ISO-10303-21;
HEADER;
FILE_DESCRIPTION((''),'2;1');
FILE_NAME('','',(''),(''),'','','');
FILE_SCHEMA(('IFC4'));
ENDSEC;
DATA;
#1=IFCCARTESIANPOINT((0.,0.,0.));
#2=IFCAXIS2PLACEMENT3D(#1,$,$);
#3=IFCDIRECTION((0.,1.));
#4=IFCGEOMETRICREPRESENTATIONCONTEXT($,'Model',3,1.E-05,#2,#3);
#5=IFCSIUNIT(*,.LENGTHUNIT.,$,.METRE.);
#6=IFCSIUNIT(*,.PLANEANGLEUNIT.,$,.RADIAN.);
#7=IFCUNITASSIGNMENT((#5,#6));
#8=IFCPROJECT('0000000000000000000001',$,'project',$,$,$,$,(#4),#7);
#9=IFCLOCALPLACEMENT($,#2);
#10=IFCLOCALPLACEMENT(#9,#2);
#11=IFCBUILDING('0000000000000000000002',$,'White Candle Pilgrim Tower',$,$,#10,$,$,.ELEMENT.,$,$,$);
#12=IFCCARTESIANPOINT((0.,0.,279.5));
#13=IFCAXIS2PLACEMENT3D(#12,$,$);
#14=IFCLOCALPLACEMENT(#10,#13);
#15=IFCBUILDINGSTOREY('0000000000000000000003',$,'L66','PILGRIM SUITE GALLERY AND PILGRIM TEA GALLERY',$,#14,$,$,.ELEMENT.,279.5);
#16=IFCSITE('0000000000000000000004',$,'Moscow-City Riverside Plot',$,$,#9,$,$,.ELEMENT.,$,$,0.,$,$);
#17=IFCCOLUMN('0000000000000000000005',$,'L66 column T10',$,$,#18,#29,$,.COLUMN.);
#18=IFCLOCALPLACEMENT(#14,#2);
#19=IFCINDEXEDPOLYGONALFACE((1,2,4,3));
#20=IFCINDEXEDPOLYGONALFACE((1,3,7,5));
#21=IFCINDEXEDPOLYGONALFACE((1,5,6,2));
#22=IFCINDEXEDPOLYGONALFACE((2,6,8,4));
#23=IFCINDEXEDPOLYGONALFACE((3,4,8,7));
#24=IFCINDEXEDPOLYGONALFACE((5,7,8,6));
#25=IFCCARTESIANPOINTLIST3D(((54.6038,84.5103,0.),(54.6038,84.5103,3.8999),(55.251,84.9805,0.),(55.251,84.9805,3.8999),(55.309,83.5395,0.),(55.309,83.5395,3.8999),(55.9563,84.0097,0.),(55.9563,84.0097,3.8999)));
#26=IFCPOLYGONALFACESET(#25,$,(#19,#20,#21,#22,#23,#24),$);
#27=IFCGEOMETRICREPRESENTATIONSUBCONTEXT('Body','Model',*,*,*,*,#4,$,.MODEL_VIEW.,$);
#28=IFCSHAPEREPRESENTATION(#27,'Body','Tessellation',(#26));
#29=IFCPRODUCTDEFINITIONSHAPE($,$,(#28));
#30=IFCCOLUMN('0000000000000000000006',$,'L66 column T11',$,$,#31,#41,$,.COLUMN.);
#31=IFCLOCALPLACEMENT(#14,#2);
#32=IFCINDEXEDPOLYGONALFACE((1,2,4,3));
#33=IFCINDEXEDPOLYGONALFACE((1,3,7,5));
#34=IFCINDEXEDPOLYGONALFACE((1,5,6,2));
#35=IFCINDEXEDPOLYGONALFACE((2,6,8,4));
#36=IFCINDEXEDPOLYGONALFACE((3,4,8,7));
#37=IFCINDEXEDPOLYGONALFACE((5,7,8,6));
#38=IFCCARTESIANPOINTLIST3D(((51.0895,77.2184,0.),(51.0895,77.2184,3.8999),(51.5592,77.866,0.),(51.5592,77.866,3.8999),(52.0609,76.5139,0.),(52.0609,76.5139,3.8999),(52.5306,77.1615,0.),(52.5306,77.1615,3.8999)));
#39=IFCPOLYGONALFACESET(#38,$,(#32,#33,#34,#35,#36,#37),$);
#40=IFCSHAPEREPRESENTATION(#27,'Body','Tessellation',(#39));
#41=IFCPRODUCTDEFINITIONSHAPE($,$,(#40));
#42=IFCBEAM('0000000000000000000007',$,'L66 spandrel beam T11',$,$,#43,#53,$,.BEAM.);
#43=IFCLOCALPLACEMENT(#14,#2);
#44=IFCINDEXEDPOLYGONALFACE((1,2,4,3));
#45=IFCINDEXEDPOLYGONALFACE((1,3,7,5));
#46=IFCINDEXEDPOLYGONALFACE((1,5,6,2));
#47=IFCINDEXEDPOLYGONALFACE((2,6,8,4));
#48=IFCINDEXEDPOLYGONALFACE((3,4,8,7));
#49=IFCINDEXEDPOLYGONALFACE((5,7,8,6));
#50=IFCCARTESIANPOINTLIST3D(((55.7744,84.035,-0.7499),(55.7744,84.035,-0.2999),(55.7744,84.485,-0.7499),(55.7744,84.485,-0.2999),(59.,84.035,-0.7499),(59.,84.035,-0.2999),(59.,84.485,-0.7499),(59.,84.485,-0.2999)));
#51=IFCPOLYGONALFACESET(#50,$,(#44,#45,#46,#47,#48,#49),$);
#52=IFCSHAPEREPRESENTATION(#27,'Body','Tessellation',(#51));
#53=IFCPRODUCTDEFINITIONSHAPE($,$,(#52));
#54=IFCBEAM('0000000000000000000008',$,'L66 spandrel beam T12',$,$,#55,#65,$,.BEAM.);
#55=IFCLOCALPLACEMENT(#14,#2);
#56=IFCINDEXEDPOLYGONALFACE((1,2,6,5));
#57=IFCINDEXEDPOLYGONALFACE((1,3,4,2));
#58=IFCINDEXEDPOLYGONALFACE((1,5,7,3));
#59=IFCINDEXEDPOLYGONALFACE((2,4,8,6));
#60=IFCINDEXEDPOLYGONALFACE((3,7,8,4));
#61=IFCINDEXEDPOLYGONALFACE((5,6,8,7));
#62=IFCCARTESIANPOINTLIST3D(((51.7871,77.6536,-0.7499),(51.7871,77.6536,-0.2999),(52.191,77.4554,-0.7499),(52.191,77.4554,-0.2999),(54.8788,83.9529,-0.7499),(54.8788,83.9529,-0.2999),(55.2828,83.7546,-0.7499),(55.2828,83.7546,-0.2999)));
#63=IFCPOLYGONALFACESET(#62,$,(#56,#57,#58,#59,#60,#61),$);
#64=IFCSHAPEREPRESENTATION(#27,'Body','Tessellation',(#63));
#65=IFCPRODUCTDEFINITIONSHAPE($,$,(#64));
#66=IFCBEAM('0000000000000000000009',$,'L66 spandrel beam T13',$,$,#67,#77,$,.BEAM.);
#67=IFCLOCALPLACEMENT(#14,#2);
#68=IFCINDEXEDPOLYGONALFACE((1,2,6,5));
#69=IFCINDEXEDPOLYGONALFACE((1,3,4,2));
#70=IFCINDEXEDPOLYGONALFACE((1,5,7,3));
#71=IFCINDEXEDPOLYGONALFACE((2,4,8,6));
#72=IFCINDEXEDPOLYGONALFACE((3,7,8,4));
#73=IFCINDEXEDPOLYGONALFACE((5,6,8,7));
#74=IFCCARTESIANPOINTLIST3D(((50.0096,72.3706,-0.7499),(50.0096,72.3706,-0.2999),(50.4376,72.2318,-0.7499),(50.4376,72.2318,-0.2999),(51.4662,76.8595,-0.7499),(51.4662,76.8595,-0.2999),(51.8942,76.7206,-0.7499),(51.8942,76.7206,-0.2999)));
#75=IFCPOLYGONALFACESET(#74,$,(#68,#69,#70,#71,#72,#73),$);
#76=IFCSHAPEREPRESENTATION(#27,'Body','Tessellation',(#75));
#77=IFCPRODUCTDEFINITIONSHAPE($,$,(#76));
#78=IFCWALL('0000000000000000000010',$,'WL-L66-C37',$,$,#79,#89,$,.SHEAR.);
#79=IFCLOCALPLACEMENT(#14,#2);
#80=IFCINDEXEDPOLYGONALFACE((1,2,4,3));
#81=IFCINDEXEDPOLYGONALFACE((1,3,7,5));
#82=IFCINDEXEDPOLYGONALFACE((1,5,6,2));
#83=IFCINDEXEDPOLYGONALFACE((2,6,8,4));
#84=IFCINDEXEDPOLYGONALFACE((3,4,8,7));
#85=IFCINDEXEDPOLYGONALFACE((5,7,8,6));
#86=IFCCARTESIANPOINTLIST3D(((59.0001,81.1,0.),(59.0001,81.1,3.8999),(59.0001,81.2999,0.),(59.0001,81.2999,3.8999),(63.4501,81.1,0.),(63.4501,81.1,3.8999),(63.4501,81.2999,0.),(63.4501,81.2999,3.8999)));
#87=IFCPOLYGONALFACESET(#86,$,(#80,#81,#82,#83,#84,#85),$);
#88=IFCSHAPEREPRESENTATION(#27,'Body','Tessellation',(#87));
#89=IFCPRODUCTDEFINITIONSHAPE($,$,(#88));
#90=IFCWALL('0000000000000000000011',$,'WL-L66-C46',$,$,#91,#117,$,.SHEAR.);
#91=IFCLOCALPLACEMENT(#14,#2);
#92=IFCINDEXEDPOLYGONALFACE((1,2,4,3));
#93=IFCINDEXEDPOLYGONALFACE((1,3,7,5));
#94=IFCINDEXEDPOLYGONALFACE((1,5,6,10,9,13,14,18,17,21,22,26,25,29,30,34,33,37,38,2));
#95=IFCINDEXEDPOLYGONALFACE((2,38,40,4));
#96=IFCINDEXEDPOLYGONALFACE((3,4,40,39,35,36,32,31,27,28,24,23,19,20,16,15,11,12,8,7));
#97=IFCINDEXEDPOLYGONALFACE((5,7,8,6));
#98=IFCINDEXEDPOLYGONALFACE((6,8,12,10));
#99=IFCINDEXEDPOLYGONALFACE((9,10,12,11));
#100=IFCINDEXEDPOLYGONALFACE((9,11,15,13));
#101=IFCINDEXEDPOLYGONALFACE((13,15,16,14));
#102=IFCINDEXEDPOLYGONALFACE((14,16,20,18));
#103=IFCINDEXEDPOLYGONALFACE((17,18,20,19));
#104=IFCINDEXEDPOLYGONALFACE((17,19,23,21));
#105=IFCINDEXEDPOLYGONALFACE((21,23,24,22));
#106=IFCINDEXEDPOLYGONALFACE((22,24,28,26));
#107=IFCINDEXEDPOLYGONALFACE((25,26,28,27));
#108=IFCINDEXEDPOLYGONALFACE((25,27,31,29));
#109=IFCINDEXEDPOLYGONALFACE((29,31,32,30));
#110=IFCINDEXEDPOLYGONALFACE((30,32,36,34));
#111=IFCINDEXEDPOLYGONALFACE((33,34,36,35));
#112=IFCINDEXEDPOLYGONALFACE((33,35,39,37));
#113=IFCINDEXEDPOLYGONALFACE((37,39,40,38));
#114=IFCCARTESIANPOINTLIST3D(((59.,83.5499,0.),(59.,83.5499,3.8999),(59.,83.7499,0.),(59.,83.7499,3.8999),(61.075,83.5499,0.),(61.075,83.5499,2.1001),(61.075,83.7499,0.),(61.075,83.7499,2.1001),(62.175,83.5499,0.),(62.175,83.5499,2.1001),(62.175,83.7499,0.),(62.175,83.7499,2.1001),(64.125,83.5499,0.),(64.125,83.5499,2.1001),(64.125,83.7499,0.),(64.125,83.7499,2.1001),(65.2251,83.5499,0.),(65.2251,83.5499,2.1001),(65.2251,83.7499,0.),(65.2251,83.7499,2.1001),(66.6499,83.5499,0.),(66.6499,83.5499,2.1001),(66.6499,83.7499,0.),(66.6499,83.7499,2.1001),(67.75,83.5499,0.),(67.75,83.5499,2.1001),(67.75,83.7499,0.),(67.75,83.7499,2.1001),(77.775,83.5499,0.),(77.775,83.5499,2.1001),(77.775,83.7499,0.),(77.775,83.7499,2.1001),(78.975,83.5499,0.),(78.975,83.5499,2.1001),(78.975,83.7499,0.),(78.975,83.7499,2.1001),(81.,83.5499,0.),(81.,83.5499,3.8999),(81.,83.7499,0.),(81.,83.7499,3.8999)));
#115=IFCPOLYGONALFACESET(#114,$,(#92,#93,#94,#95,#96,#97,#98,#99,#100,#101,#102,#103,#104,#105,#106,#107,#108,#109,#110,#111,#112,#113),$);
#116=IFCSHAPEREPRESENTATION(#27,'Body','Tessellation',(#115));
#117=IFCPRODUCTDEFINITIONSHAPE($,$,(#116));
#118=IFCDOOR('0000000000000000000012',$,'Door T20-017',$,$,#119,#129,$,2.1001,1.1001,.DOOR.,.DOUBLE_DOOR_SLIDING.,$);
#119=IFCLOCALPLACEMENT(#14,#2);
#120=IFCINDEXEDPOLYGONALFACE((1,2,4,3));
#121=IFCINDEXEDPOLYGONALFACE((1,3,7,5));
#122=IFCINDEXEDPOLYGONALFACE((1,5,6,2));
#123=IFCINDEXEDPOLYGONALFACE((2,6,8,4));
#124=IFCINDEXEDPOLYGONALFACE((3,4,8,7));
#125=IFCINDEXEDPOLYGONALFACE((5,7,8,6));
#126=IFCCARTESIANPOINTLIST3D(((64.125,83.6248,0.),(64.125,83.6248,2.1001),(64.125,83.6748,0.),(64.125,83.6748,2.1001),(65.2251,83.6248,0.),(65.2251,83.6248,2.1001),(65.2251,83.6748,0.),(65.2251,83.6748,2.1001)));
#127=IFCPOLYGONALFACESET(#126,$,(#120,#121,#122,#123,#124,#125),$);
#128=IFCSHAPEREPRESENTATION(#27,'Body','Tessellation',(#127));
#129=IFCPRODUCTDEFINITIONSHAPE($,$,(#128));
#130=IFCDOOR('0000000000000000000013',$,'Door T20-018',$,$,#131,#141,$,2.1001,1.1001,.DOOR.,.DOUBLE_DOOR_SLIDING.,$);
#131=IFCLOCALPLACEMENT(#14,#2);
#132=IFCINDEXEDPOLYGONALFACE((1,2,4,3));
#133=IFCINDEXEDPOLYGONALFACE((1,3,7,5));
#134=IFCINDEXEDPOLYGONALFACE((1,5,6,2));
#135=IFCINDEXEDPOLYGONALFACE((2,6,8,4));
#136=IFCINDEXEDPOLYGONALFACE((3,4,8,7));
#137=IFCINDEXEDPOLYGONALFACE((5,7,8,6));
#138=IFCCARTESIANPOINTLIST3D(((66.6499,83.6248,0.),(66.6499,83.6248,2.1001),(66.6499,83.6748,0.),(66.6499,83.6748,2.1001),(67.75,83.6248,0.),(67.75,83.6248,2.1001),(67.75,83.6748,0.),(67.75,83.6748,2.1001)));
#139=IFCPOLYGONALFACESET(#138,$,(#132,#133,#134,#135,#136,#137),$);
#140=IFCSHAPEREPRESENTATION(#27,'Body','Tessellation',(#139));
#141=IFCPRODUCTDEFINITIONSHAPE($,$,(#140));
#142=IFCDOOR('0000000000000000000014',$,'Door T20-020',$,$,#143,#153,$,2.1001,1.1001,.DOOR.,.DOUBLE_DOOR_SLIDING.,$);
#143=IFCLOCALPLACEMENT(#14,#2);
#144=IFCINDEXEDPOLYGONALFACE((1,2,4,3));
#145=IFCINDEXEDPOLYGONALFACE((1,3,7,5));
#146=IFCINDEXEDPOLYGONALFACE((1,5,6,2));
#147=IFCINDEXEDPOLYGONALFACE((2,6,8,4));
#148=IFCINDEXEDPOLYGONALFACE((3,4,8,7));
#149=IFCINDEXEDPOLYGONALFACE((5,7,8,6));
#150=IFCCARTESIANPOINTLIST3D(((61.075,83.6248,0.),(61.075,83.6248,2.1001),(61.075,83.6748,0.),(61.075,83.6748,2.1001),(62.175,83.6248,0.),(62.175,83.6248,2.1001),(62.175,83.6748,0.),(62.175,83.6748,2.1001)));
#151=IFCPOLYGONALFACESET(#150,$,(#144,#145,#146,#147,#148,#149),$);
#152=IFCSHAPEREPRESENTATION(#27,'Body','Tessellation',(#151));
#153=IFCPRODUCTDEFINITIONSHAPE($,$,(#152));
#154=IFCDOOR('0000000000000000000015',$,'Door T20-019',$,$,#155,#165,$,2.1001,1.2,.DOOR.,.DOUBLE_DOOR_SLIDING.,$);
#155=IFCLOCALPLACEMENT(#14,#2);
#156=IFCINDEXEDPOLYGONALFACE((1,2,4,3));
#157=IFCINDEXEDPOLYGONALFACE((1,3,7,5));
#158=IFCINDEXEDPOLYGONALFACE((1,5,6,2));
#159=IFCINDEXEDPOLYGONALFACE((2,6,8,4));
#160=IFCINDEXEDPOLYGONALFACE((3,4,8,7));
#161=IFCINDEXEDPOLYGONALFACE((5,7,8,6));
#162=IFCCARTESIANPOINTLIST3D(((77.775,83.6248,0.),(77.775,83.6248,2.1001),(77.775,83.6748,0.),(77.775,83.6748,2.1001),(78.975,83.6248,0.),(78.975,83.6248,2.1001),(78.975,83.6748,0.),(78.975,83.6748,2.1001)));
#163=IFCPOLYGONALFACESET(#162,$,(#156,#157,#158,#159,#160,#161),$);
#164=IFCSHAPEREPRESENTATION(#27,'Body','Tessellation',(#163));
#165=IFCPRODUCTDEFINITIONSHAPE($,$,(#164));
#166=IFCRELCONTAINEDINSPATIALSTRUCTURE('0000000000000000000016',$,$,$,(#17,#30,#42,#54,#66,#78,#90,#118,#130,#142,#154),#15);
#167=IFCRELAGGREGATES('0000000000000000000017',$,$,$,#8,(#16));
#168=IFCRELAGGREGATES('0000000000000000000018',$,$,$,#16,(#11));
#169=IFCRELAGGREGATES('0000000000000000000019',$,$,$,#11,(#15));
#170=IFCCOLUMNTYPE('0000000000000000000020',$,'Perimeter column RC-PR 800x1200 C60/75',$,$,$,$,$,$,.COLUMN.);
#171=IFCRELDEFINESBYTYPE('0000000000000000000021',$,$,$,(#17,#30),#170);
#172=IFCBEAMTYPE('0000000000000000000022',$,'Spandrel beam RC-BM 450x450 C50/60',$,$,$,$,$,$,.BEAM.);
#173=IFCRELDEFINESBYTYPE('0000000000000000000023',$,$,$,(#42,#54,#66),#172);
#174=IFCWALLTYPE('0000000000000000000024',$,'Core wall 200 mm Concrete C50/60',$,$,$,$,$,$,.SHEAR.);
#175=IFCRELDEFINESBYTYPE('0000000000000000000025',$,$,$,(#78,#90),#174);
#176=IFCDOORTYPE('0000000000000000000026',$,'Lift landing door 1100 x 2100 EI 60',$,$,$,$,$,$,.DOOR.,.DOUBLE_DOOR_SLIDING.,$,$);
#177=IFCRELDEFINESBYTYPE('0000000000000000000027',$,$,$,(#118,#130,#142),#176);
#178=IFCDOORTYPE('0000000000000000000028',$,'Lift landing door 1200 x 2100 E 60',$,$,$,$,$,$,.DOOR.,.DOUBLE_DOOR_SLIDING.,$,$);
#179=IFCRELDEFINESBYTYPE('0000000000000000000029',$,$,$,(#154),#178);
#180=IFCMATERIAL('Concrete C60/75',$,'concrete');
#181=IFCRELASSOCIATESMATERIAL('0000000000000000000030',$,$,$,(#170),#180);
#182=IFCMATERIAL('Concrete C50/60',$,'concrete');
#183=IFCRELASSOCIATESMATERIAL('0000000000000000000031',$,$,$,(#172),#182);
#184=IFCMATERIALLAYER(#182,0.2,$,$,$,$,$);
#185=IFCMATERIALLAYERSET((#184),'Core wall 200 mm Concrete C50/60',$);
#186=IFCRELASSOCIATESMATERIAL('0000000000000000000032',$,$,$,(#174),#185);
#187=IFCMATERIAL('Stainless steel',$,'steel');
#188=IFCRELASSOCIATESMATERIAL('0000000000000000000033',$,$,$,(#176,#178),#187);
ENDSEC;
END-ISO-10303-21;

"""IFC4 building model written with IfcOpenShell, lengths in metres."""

from ifc_helpers import new_model, si_unit, direction, frame, frame_2d, origin, origin_2d, place, context, subcontext, project, spatial, rectangle, extrude, material, layer, layer_set, material_profile, profile_set, type_object, element, fill, save


model = new_model("IFC4")

# Units and contexts
model_context = context("Model", 3, precision=1e-05, world=origin(), true_north=direction((0.0, 1.0)))
body_context = subcontext(model_context, "Body", "Model", "MODEL_VIEW")
ifc_project = project(units=[si_unit("LENGTHUNIT", "METRE"), si_unit("PLANEANGLEUNIT", "RADIAN")], contexts=[model_context])

# Site, building, storey
site_placement = place(None, origin())
site = spatial("IfcSite", under=ifc_project, at=site_placement, Name="Moscow-City Riverside Plot", CompositionType="ELEMENT", RefElevation=0.0)
building_placement = place(site_placement, origin())
building = spatial("IfcBuilding", under=site, at=building_placement, Name="White Candle Pilgrim Tower", CompositionType="ELEMENT")
storey_placement = place(building_placement, frame((0.0, 0.0, 279.5)))
storey = spatial("IfcBuildingStorey", under=building, at=storey_placement, Name="L66", Description="PILGRIM SUITE GALLERY AND PILGRIM TEA GALLERY", CompositionType="ELEMENT", Elevation=279.5)

# Columns
ifc_material_1 = material(Name="Concrete C60/75", Category="concrete")
ifc_material_profile_1 = material_profile(ifc_material_1, rectangle(XDim=0.8, YDim=1.2, at=origin_2d()), Name="RC-PR 800x1200")
ifc_profile_set_1 = profile_set([ifc_material_profile_1], Name="Concrete C60/75")
column_type = type_object("IfcColumnType", Name="Perimeter column RC-PR 800x1200 C60/75", PredefinedType="COLUMN", material=ifc_profile_set_1)
for number, where, z_axis, x_axis, name in (
    (1, (55.28, 84.26, 0.0), (0.0, 0.0, 1.0), (0.809027, 0.587771, 0.0), "L66 column T10"),
    (2, (51.8101, 77.1899, 0.0), (0.0, 0.0, 1.0), (0.587107, 0.809509, 0.0), "L66 column T11"),
):
    element("IfcColumn", number, at=place(storey_placement, frame(where, z_axis=z_axis, x_axis=x_axis)), inside=storey, type_object=column_type, Name=name, PredefinedType="COLUMN", context=body_context, shape_type="SweptSolid", body=[
        extrude(rectangle(XDim=0.8, YDim=1.2, at=origin_2d()), origin(), (0.0, 0.0, 1.0), 3.8999),
    ])

# Beams
ifc_material_2 = material(Name="Concrete C50/60", Category="concrete")
ifc_material_profile_2 = material_profile(ifc_material_2, rectangle(XDim=0.45, YDim=0.45, at=origin_2d()), Name="RC-BM 450x450")
ifc_profile_set_2 = profile_set([ifc_material_profile_2], Name="Concrete C50/60")
beam_type = type_object("IfcBeamType", Name="Spandrel beam RC-BM 450x450 C50/60", PredefinedType="BEAM", material=ifc_profile_set_2)
beam_1_placement = place(storey_placement, frame((55.7744, 84.26, -0.5249), z_axis=(1.0, 0.0, 0.0), x_axis=(0.0, 1.0, 0.0)))
element("IfcBeam", 3, at=beam_1_placement, inside=storey, type_object=beam_type, Name="L66 spandrel beam T11", PredefinedType="BEAM", context=body_context, shape_type="SweptSolid", body=[
    extrude(rectangle(XDim=0.45, YDim=0.45, at=origin_2d()), origin(), (0.0, 0.0, 1.0), 3.2256),
])
beam_2_placement = place(storey_placement, frame((55.0808, 83.8538, -0.5249), z_axis=(-0.440605, -0.897701, 0.0), x_axis=(0.897701, -0.440605, 0.0)))
element("IfcBeam", 4, at=beam_2_placement, inside=storey, type_object=beam_type, Name="L66 spandrel beam T12", PredefinedType="BEAM", context=body_context, shape_type="SweptSolid", body=[
    extrude(rectangle(XDim=0.45, YDim=0.45, at=origin_2d()), origin(), (0.0, 0.0, 1.0), 7.0171),
])
beam_3_placement = place(storey_placement, frame((51.6802, 76.79, -0.5249), z_axis=(-0.308644, -0.951178, 0.0), x_axis=(0.951178, -0.308644, 0.0)))
element("IfcBeam", 5, at=beam_3_placement, inside=storey, type_object=beam_type, Name="L66 spandrel beam T13", PredefinedType="BEAM", context=body_context, shape_type="SweptSolid", body=[
    extrude(rectangle(XDim=0.45, YDim=0.45, at=origin_2d()), origin(), (0.0, 0.0, 1.0), 4.7192),
])

# Wall
ifc_layer_1 = layer(ifc_material_2, 0.2)
ifc_layer_set_1 = layer_set([ifc_layer_1], Name="Core wall 200 mm Concrete C50/60")
wall_type_1 = type_object("IfcWallType", Name="Core wall 200 mm Concrete C50/60", PredefinedType="SHEAR", material=ifc_layer_set_1)
wall_1_placement = place(storey_placement, frame((59.0, 81.2, 0.0), z_axis=(0.0, 0.0, 1.0), x_axis=(1.0, 0.0, 0.0)))
element("IfcWall", 6, at=wall_1_placement, inside=storey, type_object=wall_type_1, Name="WL-L66-C37", PredefinedType="SHEAR", context=body_context, shape_type="SweptSolid", body=[
    extrude(rectangle(XDim=4.45, YDim=0.2, at=frame_2d((2.2251, 0.0))), origin(), (0.0, 0.0, 1.0), 3.8999),
])

# Wall, openings, doors
wall_2_placement = place(storey_placement, frame((59.0, 83.6499, 0.0), z_axis=(0.0, 0.0, 1.0), x_axis=(1.0, 0.0, 0.0)))
wall_2 = element("IfcWall", 7, at=wall_2_placement, inside=storey, type_object=wall_type_1, Name="WL-L66-C46", PredefinedType="SHEAR", context=body_context, shape_type="SweptSolid", body=[
    extrude(rectangle(XDim=22.0, YDim=0.2, at=frame_2d((11.0, 0.0))), origin(), (0.0, 0.0, 1.0), 3.8999),
])
opening_1_placement = place(wall_2_placement, frame((5.125, 0.0, 0.0)))
opening_1 = element("IfcOpeningElement", 8, at=opening_1_placement, cuts=wall_2, PredefinedType="OPENING", context=body_context, shape_type="SweptSolid", body=[
    extrude(rectangle(XDim=1.1001, YDim=2.1001, at=frame_2d((0.55, 1.05))), frame((0.0, 0.1099, 0.0), z_axis=(0.0, -1.0, 0.0), x_axis=(1.0, 0.0, 0.0)), (0.0, 0.0, 1.0), 0.22),
])
opening_2_placement = place(wall_2_placement, frame((7.6499, 0.0, 0.0)))
opening_2 = element("IfcOpeningElement", 9, at=opening_2_placement, cuts=wall_2, PredefinedType="OPENING", context=body_context, shape_type="SweptSolid", body=[
    extrude(rectangle(XDim=1.1001, YDim=2.1001, at=frame_2d((0.55, 1.05))), frame((0.0, 0.1099, 0.0), z_axis=(0.0, -1.0, 0.0), x_axis=(1.0, 0.0, 0.0)), (0.0, 0.0, 1.0), 0.22),
])
opening_3_placement = place(wall_2_placement, frame((18.7749, 0.0, 0.0)))
opening_3 = element("IfcOpeningElement", 10, at=opening_3_placement, cuts=wall_2, PredefinedType="OPENING", context=body_context, shape_type="SweptSolid", body=[
    extrude(rectangle(XDim=1.2, YDim=2.1001, at=frame_2d((0.6001, 1.05))), frame((0.0, 0.1099, 0.0), z_axis=(0.0, -1.0, 0.0), x_axis=(1.0, 0.0, 0.0)), (0.0, 0.0, 1.0), 0.22),
])
opening_4_placement = place(wall_2_placement, frame((2.075, 0.0, 0.0)))
opening_4 = element("IfcOpeningElement", 11, at=opening_4_placement, cuts=wall_2, PredefinedType="OPENING", context=body_context, shape_type="SweptSolid", body=[
    extrude(rectangle(XDim=1.1001, YDim=2.1001, at=frame_2d((0.55, 1.05))), frame((0.0, 0.1099, 0.0), z_axis=(0.0, -1.0, 0.0), x_axis=(1.0, 0.0, 0.0)), (0.0, 0.0, 1.0), 0.22),
])
ifc_material_3 = material(Name="Stainless steel", Category="steel")
door_type_1 = type_object("IfcDoorType", Name="Lift landing door 1100 x 2100 EI 60", OperationType="DOUBLE_DOOR_SLIDING", PredefinedType="DOOR", material=ifc_material_3)
door_1_placement = place(opening_1_placement, origin())
door_1 = element("IfcDoor", 12, at=door_1_placement, inside=storey, type_object=door_type_1, Name="Door T20-017", OperationType="DOUBLE_DOOR_SLIDING", OverallHeight=2.1001, OverallWidth=1.1001, PredefinedType="DOOR", context=body_context, shape_type="SweptSolid", body=[
    extrude(rectangle(XDim=1.1001, YDim=2.1001, at=frame_2d((0.55, 1.05))), frame((0.0, 0.0249, 0.0), z_axis=(0.0, -1.0, 0.0), x_axis=(1.0, 0.0, 0.0)), (0.0, 0.0, 1.0), 0.05),
])
fill(opening_1, door_1)
door_2_placement = place(opening_2_placement, origin())
door_2 = element("IfcDoor", 13, at=door_2_placement, inside=storey, type_object=door_type_1, Name="Door T20-018", OperationType="DOUBLE_DOOR_SLIDING", OverallHeight=2.1001, OverallWidth=1.1001, PredefinedType="DOOR", context=body_context, shape_type="SweptSolid", body=[
    extrude(rectangle(XDim=1.1001, YDim=2.1001, at=frame_2d((0.55, 1.05))), frame((0.0, 0.0249, 0.0), z_axis=(0.0, -1.0, 0.0), x_axis=(1.0, 0.0, 0.0)), (0.0, 0.0, 1.0), 0.05),
])
fill(opening_2, door_2)
door_3_placement = place(opening_4_placement, origin())
door_3 = element("IfcDoor", 14, at=door_3_placement, inside=storey, type_object=door_type_1, Name="Door T20-020", OperationType="DOUBLE_DOOR_SLIDING", OverallHeight=2.1001, OverallWidth=1.1001, PredefinedType="DOOR", context=body_context, shape_type="SweptSolid", body=[
    extrude(rectangle(XDim=1.1001, YDim=2.1001, at=frame_2d((0.55, 1.05))), frame((0.0, 0.0249, 0.0), z_axis=(0.0, -1.0, 0.0), x_axis=(1.0, 0.0, 0.0)), (0.0, 0.0, 1.0), 0.05),
])
fill(opening_4, door_3)
door_type_2 = type_object("IfcDoorType", Name="Lift landing door 1200 x 2100 E 60", OperationType="DOUBLE_DOOR_SLIDING", PredefinedType="DOOR", material=ifc_material_3)
door_4_placement = place(opening_3_placement, origin())
door_4 = element("IfcDoor", 15, at=door_4_placement, inside=storey, type_object=door_type_2, Name="Door T20-019", OperationType="DOUBLE_DOOR_SLIDING", OverallHeight=2.1001, OverallWidth=1.2, PredefinedType="DOOR", context=body_context, shape_type="SweptSolid", body=[
    extrude(rectangle(XDim=1.2, YDim=2.1001, at=frame_2d((0.6001, 1.05))), frame((0.0, 0.0249, 0.0), z_axis=(0.0, -1.0, 0.0), x_axis=(1.0, 0.0, 0.0)), (0.0, 0.0, 1.0), 0.05),
])
fill(opening_3, door_4)

save(model, "model.ifc")
